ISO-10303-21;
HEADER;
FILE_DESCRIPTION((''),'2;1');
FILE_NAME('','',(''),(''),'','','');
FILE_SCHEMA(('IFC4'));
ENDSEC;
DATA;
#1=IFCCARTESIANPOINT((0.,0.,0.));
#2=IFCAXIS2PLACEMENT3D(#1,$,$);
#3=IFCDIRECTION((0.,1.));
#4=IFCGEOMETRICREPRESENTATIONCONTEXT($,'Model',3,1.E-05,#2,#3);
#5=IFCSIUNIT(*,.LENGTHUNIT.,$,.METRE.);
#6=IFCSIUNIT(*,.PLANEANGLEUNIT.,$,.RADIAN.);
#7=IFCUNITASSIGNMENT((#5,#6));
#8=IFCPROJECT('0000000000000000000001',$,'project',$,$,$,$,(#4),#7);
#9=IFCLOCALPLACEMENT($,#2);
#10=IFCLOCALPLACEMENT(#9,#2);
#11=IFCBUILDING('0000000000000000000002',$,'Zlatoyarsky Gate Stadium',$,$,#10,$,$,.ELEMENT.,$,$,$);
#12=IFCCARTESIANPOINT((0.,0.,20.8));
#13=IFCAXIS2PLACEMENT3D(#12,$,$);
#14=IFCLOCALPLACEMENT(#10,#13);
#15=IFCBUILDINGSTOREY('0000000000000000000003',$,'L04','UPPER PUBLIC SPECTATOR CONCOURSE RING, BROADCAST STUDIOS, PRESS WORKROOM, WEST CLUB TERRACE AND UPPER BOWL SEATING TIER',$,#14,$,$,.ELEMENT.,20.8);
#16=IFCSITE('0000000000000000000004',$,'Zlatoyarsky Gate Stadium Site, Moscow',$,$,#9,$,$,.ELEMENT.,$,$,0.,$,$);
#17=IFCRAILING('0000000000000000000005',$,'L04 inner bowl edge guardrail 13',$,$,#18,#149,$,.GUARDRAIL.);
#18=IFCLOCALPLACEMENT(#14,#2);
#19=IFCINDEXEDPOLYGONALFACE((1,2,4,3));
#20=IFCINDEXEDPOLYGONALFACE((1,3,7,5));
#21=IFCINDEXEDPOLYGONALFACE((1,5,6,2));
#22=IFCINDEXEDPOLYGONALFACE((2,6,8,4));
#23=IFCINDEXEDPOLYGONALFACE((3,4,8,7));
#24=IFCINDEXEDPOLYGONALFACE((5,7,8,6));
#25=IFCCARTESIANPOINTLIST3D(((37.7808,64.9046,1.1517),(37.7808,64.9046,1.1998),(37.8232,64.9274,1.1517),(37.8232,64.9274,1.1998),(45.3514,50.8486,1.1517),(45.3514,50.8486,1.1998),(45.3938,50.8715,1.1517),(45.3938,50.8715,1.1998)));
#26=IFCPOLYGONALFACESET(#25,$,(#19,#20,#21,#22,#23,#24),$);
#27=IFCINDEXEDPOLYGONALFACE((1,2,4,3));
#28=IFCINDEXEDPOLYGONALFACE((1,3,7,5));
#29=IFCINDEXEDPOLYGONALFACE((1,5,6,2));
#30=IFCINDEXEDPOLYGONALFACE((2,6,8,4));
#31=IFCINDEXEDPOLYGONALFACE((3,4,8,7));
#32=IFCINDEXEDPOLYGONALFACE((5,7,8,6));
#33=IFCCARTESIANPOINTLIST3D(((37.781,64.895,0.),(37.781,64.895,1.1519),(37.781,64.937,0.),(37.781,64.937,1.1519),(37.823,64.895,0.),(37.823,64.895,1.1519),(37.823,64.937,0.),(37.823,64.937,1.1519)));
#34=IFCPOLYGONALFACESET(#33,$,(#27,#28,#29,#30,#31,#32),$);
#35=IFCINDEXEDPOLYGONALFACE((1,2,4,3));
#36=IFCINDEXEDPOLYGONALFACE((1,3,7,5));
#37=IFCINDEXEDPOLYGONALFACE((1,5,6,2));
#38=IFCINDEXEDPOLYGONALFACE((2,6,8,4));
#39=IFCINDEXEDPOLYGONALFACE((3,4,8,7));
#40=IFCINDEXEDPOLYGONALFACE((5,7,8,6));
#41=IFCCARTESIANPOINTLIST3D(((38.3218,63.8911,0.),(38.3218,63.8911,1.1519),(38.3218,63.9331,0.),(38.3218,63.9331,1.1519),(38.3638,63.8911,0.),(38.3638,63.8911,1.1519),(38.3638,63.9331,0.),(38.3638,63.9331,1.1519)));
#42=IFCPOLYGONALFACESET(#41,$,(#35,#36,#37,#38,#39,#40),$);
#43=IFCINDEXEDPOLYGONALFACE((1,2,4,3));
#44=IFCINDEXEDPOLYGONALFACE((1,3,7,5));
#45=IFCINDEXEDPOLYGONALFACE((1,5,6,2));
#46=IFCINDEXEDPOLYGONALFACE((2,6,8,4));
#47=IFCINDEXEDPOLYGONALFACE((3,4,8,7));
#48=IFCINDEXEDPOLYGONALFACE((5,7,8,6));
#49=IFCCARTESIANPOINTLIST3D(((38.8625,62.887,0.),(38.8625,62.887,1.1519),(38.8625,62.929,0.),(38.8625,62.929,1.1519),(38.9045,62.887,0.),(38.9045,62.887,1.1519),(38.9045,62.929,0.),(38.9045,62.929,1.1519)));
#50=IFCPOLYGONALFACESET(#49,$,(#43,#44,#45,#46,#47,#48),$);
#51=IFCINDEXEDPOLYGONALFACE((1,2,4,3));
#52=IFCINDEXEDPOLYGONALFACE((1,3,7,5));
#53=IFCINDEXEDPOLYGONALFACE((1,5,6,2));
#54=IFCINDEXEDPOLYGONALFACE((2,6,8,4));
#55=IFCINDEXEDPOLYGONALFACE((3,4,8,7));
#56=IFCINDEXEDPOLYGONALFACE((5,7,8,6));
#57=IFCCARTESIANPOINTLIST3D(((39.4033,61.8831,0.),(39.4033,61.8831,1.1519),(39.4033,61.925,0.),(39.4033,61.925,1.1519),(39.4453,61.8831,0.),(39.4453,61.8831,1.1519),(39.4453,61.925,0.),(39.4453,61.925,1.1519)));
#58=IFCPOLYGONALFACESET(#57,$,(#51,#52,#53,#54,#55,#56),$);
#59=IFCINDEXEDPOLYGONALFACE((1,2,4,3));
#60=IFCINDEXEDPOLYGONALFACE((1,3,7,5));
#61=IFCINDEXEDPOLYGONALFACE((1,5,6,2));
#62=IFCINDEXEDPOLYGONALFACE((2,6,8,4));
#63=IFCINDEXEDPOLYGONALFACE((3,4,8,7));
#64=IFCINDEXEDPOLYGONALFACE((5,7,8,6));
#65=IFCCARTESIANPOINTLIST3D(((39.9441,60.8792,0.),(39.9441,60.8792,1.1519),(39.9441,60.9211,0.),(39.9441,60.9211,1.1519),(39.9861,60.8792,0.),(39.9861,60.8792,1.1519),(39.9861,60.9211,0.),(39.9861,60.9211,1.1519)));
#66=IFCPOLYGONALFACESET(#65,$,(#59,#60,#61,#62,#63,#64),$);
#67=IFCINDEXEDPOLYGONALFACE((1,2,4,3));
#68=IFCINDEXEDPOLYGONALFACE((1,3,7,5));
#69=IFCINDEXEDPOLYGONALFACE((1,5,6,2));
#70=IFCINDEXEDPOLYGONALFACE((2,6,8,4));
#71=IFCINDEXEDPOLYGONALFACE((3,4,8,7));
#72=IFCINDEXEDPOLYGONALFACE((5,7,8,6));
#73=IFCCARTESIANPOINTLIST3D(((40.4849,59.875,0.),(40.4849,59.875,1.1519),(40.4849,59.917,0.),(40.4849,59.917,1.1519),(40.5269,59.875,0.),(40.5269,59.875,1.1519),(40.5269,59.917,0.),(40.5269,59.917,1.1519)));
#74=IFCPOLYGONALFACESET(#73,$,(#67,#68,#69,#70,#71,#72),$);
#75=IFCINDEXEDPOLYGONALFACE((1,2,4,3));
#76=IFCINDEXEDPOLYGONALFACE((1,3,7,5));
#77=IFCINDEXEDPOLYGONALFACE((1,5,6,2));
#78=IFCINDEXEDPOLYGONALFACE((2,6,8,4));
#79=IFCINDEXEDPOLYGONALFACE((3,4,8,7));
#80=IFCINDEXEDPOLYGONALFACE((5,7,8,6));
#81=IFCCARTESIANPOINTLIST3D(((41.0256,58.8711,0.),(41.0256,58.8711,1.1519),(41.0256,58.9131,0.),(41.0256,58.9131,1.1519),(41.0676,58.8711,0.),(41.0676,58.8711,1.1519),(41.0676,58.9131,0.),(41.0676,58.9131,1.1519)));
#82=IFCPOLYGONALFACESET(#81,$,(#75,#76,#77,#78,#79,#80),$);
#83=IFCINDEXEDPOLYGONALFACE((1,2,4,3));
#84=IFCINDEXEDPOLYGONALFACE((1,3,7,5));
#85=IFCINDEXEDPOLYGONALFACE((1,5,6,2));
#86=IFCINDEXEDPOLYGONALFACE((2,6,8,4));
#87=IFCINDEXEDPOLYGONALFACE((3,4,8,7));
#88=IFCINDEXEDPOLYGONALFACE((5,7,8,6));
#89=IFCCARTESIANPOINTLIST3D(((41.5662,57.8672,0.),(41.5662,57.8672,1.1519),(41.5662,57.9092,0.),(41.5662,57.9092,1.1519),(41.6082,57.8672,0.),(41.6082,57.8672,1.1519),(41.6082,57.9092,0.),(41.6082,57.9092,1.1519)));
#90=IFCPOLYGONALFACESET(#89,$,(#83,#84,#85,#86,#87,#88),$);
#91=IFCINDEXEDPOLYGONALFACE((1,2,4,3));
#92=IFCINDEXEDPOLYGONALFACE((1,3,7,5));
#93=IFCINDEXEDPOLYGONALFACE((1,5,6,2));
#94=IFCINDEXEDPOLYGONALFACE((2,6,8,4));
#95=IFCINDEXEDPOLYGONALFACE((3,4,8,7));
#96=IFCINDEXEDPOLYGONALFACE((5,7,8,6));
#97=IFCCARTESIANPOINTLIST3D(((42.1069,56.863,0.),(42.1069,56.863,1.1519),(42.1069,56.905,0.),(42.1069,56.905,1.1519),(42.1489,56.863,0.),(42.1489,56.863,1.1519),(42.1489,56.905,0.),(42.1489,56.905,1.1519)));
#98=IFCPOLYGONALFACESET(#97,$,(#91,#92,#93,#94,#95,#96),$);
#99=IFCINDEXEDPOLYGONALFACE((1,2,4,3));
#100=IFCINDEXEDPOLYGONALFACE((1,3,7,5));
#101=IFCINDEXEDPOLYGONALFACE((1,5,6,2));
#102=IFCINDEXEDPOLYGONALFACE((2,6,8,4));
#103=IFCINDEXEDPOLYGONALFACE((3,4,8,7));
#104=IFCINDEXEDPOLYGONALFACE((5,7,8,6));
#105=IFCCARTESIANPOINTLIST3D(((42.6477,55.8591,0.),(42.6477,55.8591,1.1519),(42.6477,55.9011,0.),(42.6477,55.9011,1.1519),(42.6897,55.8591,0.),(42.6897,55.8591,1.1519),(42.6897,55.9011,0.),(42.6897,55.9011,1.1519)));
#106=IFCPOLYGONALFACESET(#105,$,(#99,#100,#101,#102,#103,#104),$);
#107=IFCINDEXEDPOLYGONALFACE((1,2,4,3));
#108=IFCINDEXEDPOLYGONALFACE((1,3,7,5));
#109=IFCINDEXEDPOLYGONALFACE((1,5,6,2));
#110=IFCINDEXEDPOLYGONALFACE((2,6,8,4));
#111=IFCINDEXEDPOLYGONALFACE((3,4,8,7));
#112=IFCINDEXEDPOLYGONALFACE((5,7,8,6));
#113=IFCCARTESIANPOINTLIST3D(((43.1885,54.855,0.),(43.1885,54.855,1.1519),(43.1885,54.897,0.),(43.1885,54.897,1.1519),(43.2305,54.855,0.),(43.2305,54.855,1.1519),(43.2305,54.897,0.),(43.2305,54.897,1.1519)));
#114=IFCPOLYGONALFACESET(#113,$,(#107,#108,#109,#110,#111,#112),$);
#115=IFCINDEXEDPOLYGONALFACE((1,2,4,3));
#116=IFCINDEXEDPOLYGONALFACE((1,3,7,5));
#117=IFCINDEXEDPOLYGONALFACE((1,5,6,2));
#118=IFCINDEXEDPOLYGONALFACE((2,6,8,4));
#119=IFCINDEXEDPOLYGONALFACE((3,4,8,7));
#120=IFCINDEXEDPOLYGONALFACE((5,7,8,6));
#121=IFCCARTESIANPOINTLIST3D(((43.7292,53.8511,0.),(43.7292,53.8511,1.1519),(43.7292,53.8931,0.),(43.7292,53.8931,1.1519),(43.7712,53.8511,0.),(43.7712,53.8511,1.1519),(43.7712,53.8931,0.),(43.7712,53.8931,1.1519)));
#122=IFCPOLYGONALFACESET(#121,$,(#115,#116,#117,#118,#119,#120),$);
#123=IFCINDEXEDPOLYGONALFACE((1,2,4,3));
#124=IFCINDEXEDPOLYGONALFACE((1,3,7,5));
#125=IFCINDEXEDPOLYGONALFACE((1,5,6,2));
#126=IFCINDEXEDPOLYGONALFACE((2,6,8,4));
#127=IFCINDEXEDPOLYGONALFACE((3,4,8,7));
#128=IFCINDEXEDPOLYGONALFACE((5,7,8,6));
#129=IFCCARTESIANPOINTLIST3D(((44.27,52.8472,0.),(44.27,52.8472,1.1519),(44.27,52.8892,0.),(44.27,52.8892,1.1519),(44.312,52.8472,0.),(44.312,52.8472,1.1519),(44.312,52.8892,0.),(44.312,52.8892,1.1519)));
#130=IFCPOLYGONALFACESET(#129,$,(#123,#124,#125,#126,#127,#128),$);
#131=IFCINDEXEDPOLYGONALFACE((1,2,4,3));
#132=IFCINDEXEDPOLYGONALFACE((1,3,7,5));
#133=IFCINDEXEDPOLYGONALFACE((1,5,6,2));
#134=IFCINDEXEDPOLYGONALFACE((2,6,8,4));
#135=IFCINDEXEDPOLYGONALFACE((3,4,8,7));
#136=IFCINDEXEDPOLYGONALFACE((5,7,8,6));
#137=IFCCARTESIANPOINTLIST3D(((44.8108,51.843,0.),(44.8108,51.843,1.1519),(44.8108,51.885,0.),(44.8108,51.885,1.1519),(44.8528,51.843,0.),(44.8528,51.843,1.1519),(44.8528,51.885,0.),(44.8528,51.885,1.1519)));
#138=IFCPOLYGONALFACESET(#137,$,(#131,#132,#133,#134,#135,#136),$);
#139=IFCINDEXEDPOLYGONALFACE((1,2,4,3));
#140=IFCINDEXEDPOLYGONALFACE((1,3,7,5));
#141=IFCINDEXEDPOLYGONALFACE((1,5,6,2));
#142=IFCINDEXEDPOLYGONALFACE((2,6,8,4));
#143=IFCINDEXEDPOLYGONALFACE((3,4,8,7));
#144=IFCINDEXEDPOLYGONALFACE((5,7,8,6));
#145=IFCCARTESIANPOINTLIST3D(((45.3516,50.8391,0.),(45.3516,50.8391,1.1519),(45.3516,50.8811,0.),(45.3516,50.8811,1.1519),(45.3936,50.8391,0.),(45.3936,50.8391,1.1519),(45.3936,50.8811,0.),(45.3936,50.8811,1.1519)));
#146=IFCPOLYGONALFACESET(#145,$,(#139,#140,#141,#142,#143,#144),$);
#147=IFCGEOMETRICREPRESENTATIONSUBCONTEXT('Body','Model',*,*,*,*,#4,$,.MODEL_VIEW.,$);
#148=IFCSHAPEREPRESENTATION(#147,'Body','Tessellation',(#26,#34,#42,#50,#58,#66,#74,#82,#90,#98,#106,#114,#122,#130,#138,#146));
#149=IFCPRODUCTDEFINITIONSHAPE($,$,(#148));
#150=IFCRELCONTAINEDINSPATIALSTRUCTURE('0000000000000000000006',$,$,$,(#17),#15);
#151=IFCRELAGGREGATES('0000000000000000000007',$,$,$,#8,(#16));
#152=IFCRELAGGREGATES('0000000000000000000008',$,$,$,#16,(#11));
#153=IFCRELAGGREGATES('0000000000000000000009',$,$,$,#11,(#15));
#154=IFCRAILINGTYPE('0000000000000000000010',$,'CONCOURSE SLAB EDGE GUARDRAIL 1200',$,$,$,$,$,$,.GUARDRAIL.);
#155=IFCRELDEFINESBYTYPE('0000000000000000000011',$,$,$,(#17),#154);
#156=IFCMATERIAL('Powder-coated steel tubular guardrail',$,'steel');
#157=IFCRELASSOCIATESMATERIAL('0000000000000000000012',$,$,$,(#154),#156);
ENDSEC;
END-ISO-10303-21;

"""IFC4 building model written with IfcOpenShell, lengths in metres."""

from ifc_helpers import new_model, si_unit, direction, frame, origin, origin_2d, place, context, subcontext, project, spatial, rectangle, extrude, material, type_object, element, save


model = new_model("IFC4")

# Units and contexts
model_context = context("Model", 3, precision=1e-05, world=origin(), true_north=direction((0.0, 1.0)))
body_context = subcontext(model_context, "Body", "Model", "MODEL_VIEW")
ifc_project = project(units=[si_unit("LENGTHUNIT", "METRE"), si_unit("PLANEANGLEUNIT", "RADIAN")], contexts=[model_context])

# Site, building, storey
site_placement = place(None, origin())
site = spatial("IfcSite", under=ifc_project, at=site_placement, Name="Zlatoyarsky Gate Stadium Site, Moscow", CompositionType="ELEMENT", RefElevation=0.0)
building_placement = place(site_placement, origin())
building = spatial("IfcBuilding", under=site, at=building_placement, Name="Zlatoyarsky Gate Stadium", CompositionType="ELEMENT")
storey_placement = place(building_placement, frame((0.0, 0.0, 20.8)))
storey = spatial("IfcBuildingStorey", under=building, at=storey_placement, Name="L04", Description="UPPER PUBLIC SPECTATOR CONCOURSE RING, BROADCAST STUDIOS, PRESS WORKROOM, WEST CLUB TERRACE AND UPPER BOWL SEATING TIER", CompositionType="ELEMENT", Elevation=20.8)

# Railing
ifc_material_1 = material(Name="Powder-coated steel tubular guardrail", Category="steel")
railing_type = type_object("IfcRailingType", Name="CONCOURSE SLAB EDGE GUARDRAIL 1200", PredefinedType="GUARDRAIL", material=ifc_material_1)
railing_1_placement = place(storey_placement, frame((37.802, 64.916, 0.0)))
element("IfcRailing", 1, at=railing_1_placement, inside=storey, type_object=railing_type, Name="L04 inner bowl edge guardrail 13", PredefinedType="GUARDRAIL", context=body_context, shape_type="SweptSolid", body=[
    extrude(rectangle(XDim=0.0481, YDim=0.0481, at=origin_2d()), frame((0.0, 0.0, 1.1758), z_axis=(0.474196, -0.880419, 0.0), x_axis=(0.880419, 0.474196, 0.0)), (0.0, 0.0, 1.0), 15.9651),
    extrude(rectangle(XDim=0.042, YDim=0.042, at=origin_2d()), origin(), (0.0, 0.0, 1.0), 1.1519),
    extrude(rectangle(XDim=0.042, YDim=0.042, at=origin_2d()), frame((0.5408, -1.0039, 0.0)), (0.0, 0.0, 1.0), 1.1519),
    extrude(rectangle(XDim=0.042, YDim=0.042, at=origin_2d()), frame((1.0815, -2.0081, 0.0)), (0.0, 0.0, 1.0), 1.1519),
    extrude(rectangle(XDim=0.042, YDim=0.042, at=origin_2d()), frame((1.6223, -3.012, 0.0)), (0.0, 0.0, 1.0), 1.1519),
    extrude(rectangle(XDim=0.042, YDim=0.042, at=origin_2d()), frame((2.1631, -4.0159, 0.0)), (0.0, 0.0, 1.0), 1.1519),
    extrude(rectangle(XDim=0.042, YDim=0.042, at=origin_2d()), frame((2.7039, -5.02, 0.0)), (0.0, 0.0, 1.0), 1.1519),
    extrude(rectangle(XDim=0.042, YDim=0.042, at=origin_2d()), frame((3.2446, -6.0239, 0.0)), (0.0, 0.0, 1.0), 1.1519),
    extrude(rectangle(XDim=0.042, YDim=0.042, at=origin_2d()), frame((3.7852, -7.0278, 0.0)), (0.0, 0.0, 1.0), 1.1519),
    extrude(rectangle(XDim=0.042, YDim=0.042, at=origin_2d()), frame((4.3259, -8.032, 0.0)), (0.0, 0.0, 1.0), 1.1519),
    extrude(rectangle(XDim=0.042, YDim=0.042, at=origin_2d()), frame((4.8667, -9.0359, 0.0)), (0.0, 0.0, 1.0), 1.1519),
    extrude(rectangle(XDim=0.042, YDim=0.042, at=origin_2d()), frame((5.4075, -10.04, 0.0)), (0.0, 0.0, 1.0), 1.1519),
    extrude(rectangle(XDim=0.042, YDim=0.042, at=origin_2d()), frame((5.9482, -11.0439, 0.0)), (0.0, 0.0, 1.0), 1.1519),
    extrude(rectangle(XDim=0.042, YDim=0.042, at=origin_2d()), frame((6.489, -12.0479, 0.0)), (0.0, 0.0, 1.0), 1.1519),
    extrude(rectangle(XDim=0.042, YDim=0.042, at=origin_2d()), frame((7.0298, -13.052, 0.0)), (0.0, 0.0, 1.0), 1.1519),
    extrude(rectangle(XDim=0.042, YDim=0.042, at=origin_2d()), frame((7.5706, -14.0559, 0.0)), (0.0, 0.0, 1.0), 1.1519),
])

save(model, "model.ifc")
